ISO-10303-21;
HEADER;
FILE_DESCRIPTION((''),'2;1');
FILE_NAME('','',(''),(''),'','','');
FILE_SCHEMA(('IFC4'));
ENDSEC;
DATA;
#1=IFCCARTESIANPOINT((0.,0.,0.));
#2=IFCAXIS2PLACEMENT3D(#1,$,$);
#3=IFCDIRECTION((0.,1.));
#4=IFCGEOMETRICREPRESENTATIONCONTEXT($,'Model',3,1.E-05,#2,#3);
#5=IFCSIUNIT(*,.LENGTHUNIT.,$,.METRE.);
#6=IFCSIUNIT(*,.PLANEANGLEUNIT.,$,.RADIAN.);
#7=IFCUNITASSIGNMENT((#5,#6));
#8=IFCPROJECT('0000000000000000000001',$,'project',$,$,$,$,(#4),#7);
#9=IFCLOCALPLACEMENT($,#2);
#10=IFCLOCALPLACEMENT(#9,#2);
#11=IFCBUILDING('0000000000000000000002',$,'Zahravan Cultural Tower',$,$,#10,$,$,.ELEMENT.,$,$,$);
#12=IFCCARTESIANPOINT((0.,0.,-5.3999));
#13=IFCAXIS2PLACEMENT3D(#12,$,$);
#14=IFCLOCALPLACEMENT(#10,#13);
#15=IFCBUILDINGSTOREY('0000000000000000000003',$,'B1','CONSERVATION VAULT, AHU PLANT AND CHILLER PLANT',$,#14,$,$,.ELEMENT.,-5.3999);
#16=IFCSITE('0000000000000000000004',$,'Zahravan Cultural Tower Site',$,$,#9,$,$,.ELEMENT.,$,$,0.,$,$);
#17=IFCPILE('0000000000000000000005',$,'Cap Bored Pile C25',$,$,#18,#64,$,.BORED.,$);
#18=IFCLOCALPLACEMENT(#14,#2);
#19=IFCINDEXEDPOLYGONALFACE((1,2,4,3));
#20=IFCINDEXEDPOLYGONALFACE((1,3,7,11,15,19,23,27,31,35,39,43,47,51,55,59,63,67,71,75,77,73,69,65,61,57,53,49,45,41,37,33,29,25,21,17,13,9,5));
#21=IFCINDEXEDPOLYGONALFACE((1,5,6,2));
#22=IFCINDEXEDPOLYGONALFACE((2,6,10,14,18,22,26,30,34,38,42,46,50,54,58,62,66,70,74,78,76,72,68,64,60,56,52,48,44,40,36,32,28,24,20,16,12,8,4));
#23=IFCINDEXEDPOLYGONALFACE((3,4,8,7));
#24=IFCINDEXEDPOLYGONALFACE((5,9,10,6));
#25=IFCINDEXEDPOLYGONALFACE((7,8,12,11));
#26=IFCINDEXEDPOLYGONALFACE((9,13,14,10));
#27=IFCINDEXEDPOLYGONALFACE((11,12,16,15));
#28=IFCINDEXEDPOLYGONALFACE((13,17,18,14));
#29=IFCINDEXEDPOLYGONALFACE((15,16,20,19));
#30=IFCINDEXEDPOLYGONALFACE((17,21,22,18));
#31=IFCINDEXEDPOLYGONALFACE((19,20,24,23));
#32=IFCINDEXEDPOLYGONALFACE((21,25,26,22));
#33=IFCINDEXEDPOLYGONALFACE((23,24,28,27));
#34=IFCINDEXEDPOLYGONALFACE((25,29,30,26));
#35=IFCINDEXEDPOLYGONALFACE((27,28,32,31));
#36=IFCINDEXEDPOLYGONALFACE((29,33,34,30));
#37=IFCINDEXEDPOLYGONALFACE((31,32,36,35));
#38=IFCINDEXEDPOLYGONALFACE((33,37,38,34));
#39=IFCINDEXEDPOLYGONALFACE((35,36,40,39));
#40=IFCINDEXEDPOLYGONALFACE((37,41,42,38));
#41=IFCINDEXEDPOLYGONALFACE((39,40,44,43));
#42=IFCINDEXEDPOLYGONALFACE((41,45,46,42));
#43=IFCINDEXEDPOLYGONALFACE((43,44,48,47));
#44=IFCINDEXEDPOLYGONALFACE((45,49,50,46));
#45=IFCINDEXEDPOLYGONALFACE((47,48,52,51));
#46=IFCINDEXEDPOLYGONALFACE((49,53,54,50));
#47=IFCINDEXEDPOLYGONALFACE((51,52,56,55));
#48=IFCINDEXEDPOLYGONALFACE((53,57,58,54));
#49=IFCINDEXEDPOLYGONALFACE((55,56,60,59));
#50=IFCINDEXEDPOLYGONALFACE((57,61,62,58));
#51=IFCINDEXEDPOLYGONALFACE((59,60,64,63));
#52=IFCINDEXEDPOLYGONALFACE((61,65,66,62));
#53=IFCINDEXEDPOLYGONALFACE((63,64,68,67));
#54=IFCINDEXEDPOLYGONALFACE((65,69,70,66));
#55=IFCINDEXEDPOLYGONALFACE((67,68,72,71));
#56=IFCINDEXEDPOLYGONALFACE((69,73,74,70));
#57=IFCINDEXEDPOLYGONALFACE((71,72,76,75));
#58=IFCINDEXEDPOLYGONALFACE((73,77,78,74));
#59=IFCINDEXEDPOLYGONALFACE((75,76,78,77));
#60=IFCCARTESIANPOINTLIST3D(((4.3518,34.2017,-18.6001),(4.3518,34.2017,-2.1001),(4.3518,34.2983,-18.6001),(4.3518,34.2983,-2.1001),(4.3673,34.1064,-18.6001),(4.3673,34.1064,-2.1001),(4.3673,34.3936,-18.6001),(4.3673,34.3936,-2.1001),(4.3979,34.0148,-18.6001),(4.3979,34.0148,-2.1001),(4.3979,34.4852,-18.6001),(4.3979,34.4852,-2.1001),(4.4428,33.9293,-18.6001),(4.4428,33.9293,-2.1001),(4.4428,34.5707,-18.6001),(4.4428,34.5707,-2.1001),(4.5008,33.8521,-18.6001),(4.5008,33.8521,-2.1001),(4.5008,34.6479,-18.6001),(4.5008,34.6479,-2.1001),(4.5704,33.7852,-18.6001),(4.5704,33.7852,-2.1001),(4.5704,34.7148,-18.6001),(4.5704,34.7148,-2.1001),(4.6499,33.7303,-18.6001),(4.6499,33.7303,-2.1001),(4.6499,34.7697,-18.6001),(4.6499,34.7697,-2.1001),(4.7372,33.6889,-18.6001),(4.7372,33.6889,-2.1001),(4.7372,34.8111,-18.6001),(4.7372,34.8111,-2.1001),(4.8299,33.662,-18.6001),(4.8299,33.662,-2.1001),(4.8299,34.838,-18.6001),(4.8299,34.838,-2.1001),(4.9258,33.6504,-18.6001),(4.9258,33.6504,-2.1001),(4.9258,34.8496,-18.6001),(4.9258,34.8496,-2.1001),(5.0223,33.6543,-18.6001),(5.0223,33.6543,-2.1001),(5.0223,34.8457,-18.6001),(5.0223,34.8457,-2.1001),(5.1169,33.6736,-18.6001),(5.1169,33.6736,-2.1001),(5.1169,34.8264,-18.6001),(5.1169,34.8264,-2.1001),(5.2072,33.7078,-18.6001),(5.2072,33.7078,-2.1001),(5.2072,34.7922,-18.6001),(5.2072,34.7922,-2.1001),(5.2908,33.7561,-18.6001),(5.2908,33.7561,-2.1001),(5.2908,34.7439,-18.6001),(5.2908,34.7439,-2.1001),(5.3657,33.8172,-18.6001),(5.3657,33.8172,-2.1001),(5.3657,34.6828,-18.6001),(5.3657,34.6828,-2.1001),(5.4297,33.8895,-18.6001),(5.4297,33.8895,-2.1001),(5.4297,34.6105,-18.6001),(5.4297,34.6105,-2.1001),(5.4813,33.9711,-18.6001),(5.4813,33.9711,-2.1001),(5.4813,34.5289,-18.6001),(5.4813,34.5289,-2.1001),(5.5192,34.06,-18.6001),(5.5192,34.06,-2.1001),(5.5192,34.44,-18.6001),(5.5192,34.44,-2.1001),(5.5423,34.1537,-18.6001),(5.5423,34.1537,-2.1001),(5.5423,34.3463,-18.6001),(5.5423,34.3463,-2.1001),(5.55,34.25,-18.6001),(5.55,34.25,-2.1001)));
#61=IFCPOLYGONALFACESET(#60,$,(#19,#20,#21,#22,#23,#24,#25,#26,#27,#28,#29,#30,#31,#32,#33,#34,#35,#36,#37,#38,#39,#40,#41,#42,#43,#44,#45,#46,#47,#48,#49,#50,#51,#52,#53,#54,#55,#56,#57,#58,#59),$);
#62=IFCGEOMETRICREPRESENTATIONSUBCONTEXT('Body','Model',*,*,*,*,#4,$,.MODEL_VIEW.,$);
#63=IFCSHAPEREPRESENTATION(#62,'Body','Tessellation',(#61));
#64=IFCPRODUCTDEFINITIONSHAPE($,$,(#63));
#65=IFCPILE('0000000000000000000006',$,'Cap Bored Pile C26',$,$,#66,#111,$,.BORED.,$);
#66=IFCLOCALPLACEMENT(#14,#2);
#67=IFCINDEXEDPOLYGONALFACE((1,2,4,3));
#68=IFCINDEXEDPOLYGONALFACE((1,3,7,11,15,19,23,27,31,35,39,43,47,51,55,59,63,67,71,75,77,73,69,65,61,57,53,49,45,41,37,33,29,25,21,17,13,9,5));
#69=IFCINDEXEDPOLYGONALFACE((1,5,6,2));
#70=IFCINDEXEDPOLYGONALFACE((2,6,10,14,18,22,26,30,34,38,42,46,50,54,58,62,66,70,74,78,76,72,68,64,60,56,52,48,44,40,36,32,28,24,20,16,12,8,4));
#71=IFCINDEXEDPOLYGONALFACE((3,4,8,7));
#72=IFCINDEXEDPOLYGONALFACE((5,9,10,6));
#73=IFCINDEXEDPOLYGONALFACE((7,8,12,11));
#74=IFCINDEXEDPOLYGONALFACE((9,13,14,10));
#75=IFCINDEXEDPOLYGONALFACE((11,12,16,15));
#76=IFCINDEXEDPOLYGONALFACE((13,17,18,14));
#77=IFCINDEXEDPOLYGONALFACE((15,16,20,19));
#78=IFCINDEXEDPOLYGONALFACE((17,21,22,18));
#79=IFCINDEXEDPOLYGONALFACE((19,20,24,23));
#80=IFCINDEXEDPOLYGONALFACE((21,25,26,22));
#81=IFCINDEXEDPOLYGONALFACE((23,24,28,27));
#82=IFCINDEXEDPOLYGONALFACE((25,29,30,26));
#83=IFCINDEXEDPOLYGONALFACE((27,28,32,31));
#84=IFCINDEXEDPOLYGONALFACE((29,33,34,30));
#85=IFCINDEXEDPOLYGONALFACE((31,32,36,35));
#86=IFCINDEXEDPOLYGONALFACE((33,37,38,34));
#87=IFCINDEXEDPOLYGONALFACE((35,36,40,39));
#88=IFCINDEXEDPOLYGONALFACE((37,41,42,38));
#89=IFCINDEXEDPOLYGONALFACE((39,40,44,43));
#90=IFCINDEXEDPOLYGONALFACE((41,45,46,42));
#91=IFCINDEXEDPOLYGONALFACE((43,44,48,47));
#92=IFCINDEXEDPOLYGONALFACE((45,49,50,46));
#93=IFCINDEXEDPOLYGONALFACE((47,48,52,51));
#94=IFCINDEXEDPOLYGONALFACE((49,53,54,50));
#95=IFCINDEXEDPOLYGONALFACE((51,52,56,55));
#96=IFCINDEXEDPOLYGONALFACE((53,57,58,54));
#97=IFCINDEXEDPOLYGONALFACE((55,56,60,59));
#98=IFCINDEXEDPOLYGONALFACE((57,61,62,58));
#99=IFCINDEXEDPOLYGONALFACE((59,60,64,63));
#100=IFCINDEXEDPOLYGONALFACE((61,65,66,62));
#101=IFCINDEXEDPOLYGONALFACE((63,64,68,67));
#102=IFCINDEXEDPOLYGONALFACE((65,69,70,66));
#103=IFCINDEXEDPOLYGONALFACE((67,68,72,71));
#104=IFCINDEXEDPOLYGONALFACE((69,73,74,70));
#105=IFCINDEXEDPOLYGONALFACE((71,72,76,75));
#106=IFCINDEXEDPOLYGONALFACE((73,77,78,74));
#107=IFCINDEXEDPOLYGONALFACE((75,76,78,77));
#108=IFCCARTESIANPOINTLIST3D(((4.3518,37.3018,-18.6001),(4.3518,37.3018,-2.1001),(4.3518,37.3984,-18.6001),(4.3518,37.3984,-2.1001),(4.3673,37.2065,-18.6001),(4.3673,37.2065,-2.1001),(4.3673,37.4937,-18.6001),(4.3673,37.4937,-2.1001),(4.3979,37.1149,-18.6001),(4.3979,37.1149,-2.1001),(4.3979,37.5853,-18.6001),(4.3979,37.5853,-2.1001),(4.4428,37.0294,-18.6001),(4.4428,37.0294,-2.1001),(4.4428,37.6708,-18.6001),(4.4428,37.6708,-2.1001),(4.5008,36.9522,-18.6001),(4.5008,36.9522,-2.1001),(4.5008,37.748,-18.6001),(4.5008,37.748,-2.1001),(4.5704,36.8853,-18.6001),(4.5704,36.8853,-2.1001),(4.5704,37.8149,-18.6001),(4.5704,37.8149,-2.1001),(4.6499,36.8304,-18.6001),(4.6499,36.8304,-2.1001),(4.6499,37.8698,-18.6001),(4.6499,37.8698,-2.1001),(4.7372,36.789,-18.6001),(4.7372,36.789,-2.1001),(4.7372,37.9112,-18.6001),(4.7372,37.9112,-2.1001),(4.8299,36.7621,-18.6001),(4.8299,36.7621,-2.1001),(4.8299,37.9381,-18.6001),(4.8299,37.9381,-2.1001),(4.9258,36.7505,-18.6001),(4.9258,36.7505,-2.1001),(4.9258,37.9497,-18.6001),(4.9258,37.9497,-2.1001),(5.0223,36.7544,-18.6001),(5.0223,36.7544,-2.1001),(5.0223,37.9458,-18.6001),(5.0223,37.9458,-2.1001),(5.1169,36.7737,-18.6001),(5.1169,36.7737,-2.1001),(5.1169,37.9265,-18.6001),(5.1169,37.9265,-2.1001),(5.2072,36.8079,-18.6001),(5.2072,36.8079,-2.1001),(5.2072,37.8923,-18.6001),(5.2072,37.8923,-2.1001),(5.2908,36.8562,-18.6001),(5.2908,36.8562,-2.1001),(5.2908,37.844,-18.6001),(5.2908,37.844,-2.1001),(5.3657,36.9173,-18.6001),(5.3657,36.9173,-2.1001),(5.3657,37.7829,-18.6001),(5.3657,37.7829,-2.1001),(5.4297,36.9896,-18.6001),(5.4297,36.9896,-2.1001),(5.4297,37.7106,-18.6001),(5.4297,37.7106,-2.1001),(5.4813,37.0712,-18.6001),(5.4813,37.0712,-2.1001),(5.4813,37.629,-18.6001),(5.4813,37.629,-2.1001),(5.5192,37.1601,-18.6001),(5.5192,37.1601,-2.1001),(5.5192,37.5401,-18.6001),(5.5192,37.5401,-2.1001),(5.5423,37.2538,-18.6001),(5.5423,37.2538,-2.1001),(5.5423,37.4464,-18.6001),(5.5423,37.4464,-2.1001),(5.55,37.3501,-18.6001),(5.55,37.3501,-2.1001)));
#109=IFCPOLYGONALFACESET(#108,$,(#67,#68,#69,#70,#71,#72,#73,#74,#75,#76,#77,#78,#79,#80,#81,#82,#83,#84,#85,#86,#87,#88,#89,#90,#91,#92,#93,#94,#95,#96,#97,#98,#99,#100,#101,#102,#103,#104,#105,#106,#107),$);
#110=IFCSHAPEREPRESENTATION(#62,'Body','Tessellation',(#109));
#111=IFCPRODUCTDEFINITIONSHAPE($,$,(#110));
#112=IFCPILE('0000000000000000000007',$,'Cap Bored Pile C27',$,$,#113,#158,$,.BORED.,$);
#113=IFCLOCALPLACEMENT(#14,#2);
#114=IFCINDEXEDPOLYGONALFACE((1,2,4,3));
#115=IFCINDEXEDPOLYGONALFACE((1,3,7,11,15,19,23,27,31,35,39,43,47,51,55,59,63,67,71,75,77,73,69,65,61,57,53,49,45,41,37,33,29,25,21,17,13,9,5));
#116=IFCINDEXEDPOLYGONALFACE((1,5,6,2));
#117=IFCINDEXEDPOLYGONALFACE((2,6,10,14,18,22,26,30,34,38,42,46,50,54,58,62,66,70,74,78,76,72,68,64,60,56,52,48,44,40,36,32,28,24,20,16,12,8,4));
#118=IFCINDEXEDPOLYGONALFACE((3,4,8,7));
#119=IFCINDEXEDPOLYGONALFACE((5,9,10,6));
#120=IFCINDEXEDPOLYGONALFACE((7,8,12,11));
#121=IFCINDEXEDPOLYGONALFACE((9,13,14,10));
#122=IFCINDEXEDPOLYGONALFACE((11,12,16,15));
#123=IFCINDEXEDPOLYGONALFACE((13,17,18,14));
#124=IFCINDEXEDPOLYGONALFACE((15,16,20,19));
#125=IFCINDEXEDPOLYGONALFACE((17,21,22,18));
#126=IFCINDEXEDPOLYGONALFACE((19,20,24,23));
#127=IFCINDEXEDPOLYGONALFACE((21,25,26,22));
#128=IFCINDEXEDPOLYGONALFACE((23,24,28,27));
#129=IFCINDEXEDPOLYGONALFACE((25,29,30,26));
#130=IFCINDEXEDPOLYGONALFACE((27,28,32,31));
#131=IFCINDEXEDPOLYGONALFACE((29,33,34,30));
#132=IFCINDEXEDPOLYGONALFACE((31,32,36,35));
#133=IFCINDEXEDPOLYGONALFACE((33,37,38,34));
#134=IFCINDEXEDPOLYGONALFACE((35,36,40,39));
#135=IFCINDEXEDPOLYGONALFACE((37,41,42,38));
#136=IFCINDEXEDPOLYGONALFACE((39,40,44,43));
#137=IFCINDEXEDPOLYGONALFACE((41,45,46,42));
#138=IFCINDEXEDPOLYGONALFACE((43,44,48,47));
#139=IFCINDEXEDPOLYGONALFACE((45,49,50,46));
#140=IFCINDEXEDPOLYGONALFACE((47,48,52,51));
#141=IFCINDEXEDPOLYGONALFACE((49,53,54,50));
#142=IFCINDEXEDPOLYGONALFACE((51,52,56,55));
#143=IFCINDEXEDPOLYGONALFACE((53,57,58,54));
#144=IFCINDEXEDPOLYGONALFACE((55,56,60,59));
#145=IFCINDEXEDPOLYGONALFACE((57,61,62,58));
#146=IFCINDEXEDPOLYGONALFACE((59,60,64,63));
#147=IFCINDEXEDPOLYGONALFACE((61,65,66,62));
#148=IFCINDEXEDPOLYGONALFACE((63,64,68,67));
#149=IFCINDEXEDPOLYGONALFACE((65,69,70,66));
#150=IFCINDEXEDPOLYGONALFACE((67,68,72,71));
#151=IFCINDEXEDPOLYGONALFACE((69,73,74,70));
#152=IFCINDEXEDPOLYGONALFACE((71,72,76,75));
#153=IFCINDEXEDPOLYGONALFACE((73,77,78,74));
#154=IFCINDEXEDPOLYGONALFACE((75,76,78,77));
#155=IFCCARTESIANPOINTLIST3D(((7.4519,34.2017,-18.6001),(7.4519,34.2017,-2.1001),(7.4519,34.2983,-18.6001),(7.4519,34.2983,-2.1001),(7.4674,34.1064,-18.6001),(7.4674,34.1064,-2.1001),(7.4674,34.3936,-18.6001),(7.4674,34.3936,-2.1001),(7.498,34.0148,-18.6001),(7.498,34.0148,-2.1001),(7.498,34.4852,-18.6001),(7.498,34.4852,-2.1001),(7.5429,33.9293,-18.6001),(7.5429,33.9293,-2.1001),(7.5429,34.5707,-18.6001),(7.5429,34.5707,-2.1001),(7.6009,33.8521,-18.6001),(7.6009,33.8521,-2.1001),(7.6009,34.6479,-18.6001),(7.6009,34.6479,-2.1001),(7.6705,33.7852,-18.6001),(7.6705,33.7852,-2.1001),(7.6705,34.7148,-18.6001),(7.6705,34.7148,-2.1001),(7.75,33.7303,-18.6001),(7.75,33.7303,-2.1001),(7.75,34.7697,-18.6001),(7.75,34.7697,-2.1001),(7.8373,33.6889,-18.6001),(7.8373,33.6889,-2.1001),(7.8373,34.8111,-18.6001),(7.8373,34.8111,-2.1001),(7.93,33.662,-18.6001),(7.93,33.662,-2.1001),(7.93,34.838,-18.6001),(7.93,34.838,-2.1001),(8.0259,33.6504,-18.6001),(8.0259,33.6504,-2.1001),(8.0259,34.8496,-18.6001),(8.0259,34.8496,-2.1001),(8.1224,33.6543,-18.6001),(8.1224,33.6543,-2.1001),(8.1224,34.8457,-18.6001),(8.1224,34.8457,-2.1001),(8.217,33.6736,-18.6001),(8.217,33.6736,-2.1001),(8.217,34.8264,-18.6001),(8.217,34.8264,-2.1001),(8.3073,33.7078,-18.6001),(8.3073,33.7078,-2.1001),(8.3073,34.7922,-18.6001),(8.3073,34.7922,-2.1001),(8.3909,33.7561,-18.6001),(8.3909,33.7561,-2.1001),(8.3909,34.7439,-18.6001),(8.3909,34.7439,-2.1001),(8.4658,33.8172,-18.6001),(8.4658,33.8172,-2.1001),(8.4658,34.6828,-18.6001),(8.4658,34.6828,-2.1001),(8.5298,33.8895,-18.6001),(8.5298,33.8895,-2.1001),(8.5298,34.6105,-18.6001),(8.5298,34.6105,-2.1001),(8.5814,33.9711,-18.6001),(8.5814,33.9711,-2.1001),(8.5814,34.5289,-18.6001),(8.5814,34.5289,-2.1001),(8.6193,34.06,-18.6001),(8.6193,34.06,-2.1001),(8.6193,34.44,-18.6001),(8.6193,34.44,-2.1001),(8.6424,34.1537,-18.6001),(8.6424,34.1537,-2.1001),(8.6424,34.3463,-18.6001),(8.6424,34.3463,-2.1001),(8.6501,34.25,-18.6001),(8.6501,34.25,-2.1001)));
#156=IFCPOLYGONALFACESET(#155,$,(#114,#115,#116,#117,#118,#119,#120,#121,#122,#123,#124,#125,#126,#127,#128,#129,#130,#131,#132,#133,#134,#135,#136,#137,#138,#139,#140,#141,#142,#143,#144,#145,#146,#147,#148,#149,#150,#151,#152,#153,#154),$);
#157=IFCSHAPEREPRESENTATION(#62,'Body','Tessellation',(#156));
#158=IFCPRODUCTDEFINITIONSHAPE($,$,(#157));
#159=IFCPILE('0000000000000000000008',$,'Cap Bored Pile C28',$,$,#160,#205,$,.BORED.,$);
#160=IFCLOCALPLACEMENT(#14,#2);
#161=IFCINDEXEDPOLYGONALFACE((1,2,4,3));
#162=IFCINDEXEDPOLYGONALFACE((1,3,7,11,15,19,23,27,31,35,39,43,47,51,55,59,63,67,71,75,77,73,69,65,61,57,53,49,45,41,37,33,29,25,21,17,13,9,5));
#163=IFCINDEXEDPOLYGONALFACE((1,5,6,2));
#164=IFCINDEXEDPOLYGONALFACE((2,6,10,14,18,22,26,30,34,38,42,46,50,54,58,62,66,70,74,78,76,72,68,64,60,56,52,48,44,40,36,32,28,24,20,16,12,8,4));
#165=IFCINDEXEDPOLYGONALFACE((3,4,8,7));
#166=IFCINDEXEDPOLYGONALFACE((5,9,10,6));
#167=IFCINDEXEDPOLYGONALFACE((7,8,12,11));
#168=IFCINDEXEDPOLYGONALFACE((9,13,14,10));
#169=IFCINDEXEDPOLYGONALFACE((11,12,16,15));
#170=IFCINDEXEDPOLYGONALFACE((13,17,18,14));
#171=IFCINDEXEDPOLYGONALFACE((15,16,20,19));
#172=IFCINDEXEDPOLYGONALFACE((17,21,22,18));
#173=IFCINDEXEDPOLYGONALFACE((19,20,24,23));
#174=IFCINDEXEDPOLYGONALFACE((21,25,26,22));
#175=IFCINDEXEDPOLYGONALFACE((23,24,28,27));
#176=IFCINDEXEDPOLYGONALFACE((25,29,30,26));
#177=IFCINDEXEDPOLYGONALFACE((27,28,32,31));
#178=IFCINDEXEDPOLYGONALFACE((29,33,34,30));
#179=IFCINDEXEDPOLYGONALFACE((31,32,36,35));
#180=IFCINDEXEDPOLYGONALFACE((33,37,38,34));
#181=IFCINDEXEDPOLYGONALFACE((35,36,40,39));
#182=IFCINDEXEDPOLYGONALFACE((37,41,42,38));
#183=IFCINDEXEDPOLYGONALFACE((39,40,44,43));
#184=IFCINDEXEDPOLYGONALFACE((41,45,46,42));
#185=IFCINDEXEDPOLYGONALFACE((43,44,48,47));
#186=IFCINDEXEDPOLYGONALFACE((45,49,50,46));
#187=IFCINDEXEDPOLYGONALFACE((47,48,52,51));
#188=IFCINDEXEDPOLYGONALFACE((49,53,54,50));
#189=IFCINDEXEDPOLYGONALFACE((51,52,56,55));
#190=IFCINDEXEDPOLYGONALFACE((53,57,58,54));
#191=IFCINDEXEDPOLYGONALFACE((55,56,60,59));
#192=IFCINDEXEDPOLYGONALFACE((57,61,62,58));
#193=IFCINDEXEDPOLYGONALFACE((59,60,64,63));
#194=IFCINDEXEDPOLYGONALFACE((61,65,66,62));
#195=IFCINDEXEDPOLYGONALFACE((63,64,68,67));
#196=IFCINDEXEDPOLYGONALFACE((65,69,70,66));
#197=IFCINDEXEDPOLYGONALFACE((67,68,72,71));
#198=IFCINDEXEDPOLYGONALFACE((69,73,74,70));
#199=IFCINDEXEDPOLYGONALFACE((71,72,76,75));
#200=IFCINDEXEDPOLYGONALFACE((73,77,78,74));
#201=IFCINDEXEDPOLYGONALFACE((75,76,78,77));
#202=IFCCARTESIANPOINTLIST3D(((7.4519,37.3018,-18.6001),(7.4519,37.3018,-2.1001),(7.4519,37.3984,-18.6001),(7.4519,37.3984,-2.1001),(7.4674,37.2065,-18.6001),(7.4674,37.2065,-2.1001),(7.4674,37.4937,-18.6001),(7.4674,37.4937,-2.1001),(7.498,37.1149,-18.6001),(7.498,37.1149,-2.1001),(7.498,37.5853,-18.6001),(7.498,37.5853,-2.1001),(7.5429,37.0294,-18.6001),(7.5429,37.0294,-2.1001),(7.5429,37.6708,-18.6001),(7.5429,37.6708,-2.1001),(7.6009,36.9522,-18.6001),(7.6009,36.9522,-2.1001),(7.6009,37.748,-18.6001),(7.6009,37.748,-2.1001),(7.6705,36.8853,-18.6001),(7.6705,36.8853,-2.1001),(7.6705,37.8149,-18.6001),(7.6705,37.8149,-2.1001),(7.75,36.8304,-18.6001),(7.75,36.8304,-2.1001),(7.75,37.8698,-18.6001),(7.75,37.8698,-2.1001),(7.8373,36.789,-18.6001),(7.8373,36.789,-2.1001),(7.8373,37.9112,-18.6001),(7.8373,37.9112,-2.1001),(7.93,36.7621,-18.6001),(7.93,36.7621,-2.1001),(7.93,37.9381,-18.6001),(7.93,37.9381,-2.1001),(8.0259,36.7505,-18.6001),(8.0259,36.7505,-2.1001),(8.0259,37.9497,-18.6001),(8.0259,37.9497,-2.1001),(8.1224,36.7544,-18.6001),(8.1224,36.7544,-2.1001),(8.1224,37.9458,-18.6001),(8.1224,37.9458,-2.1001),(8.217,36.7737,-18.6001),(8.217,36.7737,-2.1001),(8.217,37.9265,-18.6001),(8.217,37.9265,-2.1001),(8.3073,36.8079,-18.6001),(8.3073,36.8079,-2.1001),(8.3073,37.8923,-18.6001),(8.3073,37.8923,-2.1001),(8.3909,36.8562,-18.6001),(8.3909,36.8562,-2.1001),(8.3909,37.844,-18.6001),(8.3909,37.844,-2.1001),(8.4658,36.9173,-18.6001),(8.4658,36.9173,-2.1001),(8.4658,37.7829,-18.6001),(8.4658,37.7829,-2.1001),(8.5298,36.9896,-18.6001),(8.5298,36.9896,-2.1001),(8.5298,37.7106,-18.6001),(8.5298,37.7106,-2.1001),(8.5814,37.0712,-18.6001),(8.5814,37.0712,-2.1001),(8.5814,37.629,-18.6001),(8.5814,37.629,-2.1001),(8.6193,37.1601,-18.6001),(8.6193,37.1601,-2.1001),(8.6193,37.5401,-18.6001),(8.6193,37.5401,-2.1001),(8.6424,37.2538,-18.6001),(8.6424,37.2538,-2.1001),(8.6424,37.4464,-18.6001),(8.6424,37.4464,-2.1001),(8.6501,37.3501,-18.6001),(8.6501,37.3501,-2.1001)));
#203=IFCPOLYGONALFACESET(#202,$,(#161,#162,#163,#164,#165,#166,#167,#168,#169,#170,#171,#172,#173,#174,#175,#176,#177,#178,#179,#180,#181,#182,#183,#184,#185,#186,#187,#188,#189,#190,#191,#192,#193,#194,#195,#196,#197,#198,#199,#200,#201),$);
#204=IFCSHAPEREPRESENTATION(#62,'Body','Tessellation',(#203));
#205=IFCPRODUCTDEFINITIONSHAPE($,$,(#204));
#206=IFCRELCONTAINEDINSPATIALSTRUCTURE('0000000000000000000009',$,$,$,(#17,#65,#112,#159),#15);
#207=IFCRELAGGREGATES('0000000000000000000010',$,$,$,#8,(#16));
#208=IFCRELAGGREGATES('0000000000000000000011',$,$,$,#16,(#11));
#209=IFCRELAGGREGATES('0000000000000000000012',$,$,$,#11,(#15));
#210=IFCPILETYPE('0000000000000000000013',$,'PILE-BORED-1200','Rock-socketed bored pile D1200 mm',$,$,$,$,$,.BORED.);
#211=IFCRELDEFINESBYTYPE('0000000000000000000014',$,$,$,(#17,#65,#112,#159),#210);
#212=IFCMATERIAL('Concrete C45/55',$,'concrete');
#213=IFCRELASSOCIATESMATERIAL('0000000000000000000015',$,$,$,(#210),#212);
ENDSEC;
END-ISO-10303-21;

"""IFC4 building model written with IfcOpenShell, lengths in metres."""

from ifc_helpers import new_model, si_unit, direction, frame, origin, origin_2d, place, context, subcontext, project, spatial, circle, extrude, material, material_profile, profile_set, type_object, element, save


model = new_model("IFC4")

# Units and contexts
model_context = context("Model", 3, precision=1e-05, world=origin(), true_north=direction((0.0, 1.0)))
body_context = subcontext(model_context, "Body", "Model", "MODEL_VIEW")
ifc_project = project(units=[si_unit("LENGTHUNIT", "METRE"), si_unit("PLANEANGLEUNIT", "RADIAN")], contexts=[model_context])

# Site, building, storey
site_placement = place(None, origin())
site = spatial("IfcSite", under=ifc_project, at=site_placement, Name="Zahravan Cultural Tower Site", CompositionType="ELEMENT", RefElevation=0.0)
building_placement = place(site_placement, origin())
building = spatial("IfcBuilding", under=site, at=building_placement, Name="Zahravan Cultural Tower", CompositionType="ELEMENT")
storey_placement = place(building_placement, frame((0.0, 0.0, -5.3999)))
storey = spatial("IfcBuildingStorey", under=building, at=storey_placement, Name="B1", Description="CONSERVATION VAULT, AHU PLANT AND CHILLER PLANT", CompositionType="ELEMENT", Elevation=-5.3999)

# Piles
ifc_material_1 = material(Name="Concrete C45/55", Category="concrete")
ifc_material_profile_1 = material_profile(ifc_material_1, circle(Radius=0.6001, at=origin_2d()), Name="PILE-D1200")
ifc_profile_set_1 = profile_set([ifc_material_profile_1], Name="Concrete C45/55")
pile_type_1 = type_object("IfcPileType", Name="PILE-BORED-1200", Description="Rock-socketed bored pile D1200 mm", PredefinedType="BORED", material=ifc_profile_set_1)
for number, where, z_axis, x_axis, name in (
    (1, (4.95, 34.25, -2.1001), (0.0, 0.0, -1.0), (1.0, 0.0, 0.0), "Cap Bored Pile C25"),
    (2, (4.95, 37.3501, -2.1001), (0.0, 0.0, -1.0), (1.0, 0.0, 0.0), "Cap Bored Pile C26"),
    (3, (8.05, 34.25, -2.1001), (0.0, 0.0, -1.0), (1.0, 0.0, 0.0), "Cap Bored Pile C27"),
    (4, (8.05, 37.3501, -2.1001), (0.0, 0.0, -1.0), (1.0, 0.0, 0.0), "Cap Bored Pile C28"),
):
    element("IfcPile", number, at=place(storey_placement, frame(where, z_axis=z_axis, x_axis=x_axis)), inside=storey, type_object=pile_type_1, Name=name, PredefinedType="BORED", context=body_context, shape_type="SweptSolid", body=[
        extrude(circle(Radius=0.6001, at=origin_2d()), origin(), (0.0, 0.0, 1.0), 16.5),
    ])

save(model, "model.ifc")
